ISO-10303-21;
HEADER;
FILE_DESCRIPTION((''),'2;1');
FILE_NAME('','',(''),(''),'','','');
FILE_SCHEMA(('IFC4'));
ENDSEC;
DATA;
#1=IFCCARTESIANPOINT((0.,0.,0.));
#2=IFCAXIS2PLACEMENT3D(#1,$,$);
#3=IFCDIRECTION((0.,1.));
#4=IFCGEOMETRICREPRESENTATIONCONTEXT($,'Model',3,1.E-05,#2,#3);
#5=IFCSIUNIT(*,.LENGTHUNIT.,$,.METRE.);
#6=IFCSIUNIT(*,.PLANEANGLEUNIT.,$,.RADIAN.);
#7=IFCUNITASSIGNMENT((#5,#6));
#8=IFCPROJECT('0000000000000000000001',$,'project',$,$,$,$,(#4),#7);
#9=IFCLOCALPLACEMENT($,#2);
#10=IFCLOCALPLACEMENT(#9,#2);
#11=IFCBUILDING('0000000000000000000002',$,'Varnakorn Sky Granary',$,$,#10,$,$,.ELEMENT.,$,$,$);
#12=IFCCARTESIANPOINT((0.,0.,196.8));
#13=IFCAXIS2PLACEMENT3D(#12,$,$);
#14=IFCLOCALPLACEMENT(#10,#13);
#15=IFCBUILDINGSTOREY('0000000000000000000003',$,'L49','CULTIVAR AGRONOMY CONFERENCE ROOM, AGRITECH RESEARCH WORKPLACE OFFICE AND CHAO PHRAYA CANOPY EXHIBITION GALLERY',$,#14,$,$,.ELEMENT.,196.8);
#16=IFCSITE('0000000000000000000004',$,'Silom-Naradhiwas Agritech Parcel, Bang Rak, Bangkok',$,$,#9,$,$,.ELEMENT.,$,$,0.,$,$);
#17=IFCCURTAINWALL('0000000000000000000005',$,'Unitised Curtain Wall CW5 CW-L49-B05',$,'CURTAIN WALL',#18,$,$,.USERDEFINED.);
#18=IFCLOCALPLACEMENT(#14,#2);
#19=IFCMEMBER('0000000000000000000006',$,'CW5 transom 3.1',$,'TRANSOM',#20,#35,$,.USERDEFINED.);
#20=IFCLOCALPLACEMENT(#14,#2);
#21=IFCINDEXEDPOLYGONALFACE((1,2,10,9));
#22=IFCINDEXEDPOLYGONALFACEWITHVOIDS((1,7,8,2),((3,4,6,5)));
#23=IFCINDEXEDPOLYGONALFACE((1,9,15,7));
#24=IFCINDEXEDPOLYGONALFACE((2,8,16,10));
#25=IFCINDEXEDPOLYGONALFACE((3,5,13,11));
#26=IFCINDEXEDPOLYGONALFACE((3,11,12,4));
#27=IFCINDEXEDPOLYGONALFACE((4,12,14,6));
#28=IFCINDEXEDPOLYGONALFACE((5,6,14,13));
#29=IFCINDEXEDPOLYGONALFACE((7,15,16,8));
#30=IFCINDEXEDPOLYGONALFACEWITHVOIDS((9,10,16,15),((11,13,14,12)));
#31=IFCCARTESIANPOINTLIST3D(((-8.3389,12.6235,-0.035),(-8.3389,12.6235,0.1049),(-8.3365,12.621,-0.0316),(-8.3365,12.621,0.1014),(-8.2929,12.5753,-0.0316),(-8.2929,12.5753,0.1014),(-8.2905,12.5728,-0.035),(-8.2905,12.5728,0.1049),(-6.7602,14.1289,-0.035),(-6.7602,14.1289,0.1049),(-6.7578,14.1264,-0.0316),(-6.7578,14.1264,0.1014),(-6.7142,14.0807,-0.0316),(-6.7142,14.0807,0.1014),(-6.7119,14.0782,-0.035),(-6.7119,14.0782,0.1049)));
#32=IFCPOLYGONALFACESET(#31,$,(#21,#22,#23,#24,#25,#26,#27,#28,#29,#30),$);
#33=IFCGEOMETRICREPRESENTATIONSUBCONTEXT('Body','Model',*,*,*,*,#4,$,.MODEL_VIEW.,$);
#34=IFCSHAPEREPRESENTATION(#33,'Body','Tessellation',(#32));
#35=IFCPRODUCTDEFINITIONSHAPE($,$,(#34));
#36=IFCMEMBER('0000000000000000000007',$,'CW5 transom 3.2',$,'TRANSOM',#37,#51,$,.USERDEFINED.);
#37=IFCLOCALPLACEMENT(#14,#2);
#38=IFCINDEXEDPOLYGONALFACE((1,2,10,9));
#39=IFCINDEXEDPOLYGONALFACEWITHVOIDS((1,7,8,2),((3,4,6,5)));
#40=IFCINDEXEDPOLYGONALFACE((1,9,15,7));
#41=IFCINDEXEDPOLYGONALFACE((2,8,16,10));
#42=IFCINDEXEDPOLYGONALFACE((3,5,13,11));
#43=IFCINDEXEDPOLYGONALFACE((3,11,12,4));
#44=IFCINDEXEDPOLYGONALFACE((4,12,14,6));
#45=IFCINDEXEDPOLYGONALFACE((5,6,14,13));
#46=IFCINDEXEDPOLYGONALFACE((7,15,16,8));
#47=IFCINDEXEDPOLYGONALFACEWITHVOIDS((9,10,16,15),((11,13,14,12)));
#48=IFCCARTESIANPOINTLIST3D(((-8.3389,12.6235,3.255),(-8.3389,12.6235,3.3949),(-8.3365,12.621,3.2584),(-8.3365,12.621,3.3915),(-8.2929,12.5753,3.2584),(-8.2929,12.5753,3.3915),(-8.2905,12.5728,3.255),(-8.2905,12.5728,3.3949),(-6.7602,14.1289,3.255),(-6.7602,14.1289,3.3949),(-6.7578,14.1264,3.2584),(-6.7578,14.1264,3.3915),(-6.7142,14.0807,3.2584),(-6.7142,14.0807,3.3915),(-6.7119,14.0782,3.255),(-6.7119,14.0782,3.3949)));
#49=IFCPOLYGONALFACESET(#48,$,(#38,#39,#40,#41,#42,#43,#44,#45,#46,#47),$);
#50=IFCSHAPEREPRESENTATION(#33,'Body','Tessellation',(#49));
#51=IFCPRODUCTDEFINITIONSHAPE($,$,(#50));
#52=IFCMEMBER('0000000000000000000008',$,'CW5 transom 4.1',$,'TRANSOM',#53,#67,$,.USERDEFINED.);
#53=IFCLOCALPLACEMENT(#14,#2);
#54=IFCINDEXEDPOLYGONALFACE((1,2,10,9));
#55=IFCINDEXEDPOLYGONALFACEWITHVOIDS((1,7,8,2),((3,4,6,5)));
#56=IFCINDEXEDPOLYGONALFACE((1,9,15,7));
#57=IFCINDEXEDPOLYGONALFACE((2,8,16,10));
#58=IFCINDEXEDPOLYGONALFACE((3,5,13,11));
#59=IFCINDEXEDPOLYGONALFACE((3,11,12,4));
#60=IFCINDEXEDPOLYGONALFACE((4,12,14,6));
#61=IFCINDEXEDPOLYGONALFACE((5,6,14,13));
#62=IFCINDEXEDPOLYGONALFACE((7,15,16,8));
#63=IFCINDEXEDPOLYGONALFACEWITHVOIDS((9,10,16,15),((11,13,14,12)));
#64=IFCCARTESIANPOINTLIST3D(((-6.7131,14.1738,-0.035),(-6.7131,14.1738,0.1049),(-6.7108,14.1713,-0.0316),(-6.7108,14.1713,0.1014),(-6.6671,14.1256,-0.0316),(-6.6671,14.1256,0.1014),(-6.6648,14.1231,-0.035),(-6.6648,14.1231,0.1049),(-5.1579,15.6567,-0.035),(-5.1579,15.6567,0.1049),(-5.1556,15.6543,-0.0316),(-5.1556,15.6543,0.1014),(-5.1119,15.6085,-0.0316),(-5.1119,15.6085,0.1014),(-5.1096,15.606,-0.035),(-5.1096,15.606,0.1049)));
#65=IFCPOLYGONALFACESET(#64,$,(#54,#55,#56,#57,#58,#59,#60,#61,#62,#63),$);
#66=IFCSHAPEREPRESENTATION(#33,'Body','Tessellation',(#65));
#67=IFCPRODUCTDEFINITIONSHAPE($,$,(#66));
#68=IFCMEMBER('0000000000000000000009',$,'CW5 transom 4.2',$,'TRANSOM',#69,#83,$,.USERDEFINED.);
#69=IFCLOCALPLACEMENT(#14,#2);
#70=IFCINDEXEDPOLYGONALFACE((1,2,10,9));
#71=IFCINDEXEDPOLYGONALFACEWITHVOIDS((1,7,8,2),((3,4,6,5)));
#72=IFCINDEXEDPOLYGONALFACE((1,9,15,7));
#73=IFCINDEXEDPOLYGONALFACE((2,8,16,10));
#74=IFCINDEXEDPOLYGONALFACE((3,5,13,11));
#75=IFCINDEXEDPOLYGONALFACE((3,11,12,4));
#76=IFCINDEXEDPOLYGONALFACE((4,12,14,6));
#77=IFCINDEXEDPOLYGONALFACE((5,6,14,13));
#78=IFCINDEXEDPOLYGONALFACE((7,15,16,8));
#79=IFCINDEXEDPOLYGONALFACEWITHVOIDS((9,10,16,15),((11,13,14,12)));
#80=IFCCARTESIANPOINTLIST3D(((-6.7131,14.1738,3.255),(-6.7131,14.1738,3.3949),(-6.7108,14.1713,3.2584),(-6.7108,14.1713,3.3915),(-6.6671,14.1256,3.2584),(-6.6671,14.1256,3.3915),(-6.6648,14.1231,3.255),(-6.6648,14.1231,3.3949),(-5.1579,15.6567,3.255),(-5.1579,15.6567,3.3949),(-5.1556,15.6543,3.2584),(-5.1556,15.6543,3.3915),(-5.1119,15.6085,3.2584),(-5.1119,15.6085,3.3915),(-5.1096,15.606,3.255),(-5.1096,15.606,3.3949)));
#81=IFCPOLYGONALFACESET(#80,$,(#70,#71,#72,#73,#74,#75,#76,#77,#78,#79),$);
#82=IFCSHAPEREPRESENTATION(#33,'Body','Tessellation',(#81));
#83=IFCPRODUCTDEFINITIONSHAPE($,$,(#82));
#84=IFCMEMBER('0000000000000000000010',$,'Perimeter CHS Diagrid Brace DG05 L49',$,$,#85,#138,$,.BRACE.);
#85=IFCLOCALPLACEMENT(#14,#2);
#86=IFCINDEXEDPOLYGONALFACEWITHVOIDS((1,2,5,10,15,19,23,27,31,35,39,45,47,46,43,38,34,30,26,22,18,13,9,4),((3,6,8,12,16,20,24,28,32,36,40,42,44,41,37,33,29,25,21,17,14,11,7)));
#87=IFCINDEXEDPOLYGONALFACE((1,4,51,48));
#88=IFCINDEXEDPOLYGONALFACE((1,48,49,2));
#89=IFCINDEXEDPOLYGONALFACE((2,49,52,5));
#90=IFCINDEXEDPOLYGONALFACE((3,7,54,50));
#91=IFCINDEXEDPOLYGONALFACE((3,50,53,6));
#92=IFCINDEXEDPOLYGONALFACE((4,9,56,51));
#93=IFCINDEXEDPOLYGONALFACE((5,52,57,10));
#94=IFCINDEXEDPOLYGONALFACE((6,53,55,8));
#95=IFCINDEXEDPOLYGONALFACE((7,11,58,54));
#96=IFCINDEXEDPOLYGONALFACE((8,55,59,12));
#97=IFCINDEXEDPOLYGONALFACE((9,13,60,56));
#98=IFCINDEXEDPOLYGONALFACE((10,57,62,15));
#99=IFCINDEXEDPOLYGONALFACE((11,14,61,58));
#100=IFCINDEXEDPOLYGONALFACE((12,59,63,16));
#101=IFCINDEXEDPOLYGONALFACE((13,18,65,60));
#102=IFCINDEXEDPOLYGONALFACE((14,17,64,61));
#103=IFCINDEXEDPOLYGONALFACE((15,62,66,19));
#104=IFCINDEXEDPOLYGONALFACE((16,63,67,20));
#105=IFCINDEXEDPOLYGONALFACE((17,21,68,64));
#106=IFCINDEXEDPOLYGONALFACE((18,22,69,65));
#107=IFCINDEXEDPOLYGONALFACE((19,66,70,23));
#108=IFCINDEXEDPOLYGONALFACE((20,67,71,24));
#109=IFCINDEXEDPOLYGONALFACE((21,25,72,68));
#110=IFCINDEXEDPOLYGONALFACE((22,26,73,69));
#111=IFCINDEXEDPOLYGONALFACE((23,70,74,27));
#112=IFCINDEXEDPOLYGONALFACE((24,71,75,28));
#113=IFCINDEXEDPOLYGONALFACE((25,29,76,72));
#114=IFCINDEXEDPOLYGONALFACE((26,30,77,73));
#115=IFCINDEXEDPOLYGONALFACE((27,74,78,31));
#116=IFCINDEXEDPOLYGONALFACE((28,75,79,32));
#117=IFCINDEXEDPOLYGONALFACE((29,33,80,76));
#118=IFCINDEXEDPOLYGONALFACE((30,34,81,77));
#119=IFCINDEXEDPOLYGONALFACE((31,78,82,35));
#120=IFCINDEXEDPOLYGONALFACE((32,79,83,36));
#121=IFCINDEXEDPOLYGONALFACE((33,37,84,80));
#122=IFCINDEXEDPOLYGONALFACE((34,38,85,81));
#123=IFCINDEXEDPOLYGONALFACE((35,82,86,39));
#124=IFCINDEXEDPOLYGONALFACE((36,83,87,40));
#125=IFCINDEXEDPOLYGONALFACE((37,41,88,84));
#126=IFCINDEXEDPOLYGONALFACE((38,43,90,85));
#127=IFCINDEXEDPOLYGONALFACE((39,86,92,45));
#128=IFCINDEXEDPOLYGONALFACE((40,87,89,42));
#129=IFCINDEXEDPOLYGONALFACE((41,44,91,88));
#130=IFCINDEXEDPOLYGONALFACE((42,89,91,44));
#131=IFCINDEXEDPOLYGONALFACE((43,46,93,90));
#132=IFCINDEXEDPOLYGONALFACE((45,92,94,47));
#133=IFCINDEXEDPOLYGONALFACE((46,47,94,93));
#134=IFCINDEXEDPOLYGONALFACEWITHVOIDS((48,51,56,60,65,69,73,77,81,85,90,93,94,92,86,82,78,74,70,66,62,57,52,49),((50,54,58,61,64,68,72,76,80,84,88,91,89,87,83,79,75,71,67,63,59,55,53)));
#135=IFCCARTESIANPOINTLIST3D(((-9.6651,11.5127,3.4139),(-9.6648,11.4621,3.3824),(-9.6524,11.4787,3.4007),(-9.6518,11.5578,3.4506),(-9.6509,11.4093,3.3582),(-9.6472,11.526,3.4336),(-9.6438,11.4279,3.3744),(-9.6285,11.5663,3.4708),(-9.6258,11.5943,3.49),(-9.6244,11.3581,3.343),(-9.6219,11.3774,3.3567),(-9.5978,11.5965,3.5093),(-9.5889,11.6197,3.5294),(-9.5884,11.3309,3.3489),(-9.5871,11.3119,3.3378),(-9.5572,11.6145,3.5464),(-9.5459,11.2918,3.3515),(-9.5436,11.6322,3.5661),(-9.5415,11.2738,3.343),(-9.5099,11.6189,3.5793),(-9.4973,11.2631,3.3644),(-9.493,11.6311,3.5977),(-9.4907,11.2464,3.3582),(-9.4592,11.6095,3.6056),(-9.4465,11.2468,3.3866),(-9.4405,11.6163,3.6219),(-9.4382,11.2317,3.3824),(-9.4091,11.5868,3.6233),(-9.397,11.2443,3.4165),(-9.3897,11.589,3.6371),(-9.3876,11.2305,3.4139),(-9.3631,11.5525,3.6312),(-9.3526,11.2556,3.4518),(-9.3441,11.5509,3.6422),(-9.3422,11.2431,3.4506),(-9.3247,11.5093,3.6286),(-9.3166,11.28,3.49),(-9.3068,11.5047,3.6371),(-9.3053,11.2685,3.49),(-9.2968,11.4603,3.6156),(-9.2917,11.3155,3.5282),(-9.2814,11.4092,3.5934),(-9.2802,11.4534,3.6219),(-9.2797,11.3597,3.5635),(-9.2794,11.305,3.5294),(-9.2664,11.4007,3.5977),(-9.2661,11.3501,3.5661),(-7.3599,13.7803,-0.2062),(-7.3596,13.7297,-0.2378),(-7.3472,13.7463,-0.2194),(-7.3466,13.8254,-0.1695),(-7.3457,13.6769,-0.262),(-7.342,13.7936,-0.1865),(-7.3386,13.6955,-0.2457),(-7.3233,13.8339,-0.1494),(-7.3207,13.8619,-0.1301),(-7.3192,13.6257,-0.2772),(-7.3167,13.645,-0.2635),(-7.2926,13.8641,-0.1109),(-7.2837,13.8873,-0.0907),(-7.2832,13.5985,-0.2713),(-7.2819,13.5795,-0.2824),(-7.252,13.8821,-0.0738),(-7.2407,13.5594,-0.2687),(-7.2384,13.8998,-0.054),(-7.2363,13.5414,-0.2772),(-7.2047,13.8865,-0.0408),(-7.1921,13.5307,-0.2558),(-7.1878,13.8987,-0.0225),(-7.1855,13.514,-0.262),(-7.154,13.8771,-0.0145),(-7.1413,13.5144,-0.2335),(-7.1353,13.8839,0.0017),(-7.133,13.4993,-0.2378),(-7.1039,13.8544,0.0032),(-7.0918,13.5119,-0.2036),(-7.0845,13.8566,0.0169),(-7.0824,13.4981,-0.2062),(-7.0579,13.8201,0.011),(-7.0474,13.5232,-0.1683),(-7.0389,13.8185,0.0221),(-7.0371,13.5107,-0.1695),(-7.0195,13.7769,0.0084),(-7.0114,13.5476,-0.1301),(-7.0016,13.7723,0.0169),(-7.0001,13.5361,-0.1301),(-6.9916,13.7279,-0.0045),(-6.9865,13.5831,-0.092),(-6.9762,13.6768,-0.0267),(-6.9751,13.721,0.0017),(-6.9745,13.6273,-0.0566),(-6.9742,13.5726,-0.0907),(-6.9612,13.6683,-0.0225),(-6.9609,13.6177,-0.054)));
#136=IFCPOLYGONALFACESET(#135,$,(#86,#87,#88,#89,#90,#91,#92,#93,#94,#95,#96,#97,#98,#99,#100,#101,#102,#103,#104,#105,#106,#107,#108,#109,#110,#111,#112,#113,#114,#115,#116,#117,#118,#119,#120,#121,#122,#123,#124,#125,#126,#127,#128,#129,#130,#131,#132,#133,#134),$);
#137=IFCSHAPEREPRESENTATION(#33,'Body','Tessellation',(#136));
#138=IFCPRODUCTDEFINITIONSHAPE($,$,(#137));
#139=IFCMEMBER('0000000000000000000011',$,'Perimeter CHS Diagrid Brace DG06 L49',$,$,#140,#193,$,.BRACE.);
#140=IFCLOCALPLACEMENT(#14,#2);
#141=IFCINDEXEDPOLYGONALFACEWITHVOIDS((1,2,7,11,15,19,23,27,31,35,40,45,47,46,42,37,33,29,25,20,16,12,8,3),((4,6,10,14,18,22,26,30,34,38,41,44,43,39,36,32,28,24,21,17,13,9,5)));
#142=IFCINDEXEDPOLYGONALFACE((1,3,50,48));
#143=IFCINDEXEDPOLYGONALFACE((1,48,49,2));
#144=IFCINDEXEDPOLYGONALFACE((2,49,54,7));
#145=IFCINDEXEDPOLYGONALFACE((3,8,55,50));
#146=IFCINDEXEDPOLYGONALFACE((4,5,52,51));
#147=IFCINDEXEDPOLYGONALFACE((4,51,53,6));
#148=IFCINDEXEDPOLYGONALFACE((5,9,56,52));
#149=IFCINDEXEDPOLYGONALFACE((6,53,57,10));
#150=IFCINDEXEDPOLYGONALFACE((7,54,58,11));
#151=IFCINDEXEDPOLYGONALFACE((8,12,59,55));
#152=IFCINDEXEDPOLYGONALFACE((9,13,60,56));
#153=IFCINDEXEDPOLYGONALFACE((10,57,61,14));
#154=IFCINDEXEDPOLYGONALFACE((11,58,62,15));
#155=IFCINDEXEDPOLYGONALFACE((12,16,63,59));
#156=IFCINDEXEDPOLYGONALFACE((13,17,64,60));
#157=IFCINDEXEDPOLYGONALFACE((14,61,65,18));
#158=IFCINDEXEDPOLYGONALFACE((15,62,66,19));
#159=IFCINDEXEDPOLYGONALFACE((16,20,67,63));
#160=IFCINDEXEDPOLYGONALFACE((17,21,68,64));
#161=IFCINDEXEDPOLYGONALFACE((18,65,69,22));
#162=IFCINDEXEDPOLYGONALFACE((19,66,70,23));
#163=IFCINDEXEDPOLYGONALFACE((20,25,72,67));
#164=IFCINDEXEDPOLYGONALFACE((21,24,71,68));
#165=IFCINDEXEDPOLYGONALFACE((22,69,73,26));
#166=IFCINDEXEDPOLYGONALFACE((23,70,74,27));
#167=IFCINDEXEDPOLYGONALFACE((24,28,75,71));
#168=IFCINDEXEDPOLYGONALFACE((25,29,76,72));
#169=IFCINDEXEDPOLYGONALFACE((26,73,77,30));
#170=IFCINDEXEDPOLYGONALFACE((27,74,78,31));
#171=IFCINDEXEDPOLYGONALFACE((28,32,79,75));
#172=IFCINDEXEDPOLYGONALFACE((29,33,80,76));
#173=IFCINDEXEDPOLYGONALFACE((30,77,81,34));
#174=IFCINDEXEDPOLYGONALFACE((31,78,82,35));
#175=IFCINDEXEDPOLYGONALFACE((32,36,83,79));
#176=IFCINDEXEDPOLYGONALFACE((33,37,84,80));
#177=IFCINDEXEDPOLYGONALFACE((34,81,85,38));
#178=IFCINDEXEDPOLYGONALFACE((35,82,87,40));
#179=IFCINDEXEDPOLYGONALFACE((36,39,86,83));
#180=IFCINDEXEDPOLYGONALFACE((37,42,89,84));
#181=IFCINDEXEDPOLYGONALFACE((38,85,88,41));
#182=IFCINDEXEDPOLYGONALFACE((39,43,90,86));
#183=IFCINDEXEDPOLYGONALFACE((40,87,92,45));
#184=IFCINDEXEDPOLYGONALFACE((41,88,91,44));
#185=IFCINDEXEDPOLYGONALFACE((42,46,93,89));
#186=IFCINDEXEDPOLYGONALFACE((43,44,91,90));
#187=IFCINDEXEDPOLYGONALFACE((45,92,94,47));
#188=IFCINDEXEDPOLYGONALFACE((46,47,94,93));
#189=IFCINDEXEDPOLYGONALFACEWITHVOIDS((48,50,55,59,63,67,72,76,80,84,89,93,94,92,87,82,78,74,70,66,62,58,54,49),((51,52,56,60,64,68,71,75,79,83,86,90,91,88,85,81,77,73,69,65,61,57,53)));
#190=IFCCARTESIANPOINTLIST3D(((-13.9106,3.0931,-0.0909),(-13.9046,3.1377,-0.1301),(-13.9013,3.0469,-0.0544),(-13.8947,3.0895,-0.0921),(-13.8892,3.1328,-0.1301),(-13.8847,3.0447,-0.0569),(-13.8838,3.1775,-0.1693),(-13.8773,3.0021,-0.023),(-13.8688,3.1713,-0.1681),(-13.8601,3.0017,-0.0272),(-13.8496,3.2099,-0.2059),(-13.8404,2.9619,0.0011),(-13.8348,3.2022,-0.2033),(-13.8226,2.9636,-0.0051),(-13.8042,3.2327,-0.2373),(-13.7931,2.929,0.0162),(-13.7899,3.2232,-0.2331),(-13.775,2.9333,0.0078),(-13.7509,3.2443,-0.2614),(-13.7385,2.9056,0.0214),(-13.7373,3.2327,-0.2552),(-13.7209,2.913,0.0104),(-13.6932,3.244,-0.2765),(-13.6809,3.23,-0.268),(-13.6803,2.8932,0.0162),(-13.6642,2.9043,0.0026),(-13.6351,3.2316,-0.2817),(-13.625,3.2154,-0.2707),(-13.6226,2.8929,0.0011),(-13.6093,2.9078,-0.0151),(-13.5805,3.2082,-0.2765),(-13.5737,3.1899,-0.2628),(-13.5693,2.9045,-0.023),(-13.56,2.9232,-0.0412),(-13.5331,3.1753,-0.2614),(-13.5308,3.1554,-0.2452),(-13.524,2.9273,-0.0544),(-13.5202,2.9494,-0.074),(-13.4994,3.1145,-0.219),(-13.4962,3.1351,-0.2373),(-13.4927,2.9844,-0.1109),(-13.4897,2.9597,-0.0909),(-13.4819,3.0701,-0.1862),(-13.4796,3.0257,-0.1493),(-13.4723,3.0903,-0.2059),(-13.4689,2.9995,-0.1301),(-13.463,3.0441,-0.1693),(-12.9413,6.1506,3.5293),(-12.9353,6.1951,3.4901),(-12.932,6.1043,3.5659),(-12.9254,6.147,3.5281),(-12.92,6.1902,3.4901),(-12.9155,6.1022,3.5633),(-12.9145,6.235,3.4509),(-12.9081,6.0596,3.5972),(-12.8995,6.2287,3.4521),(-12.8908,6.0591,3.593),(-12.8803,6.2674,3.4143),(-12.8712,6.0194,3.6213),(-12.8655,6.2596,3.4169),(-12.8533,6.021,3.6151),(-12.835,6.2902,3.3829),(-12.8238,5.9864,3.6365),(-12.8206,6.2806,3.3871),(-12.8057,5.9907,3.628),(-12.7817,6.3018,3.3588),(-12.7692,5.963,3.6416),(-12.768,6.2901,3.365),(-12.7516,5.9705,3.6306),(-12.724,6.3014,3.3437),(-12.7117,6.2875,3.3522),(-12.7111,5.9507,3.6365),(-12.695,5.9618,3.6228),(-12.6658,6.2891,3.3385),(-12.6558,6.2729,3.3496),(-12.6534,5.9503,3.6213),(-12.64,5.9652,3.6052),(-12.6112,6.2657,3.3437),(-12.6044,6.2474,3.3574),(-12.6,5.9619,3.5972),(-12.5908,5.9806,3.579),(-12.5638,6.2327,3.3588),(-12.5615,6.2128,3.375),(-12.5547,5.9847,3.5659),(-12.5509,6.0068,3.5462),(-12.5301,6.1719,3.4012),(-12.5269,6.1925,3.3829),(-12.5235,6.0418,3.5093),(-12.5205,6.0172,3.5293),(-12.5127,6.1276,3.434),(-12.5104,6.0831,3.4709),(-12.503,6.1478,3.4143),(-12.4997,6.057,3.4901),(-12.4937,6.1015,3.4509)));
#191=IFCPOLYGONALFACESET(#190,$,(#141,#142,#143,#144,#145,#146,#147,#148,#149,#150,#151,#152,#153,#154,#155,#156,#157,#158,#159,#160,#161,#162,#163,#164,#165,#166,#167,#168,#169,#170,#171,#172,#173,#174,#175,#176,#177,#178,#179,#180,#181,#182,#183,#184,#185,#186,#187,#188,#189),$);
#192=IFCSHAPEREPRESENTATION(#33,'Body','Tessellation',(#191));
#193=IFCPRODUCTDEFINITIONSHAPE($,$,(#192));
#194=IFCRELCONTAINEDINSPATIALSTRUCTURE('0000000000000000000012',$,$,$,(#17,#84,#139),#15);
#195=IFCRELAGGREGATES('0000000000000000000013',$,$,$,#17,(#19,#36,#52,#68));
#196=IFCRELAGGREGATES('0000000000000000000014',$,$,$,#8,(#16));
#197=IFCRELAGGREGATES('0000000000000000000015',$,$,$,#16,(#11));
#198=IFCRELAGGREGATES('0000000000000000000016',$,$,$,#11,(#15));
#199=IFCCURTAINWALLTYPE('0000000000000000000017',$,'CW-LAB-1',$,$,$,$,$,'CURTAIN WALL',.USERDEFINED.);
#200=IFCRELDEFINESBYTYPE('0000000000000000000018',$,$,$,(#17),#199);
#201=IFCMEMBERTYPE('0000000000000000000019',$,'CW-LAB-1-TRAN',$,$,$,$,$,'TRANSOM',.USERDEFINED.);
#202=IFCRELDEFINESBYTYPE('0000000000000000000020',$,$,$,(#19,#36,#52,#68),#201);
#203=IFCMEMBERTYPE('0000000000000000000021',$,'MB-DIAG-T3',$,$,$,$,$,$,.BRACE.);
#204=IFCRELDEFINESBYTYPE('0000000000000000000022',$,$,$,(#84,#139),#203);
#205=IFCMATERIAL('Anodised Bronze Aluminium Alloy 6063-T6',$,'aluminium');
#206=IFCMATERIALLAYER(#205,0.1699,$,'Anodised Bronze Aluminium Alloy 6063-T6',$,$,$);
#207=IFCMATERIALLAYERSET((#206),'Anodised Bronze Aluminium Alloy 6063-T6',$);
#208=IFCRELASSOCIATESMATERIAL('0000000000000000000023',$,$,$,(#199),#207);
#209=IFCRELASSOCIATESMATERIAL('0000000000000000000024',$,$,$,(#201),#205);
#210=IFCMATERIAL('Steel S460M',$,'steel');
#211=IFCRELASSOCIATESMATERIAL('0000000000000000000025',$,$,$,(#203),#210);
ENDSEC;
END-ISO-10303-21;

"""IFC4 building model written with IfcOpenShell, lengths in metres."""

from ifc_helpers import new_model, si_unit, direction, frame, origin, origin_2d, place, context, subcontext, project, spatial, hollow_rectangle, hollow_circle, extrude, material, layer, layer_set, material_profile, profile_set, type_object, element, aggregate, save


model = new_model("IFC4")

# Units and contexts
model_context = context("Model", 3, precision=1e-05, world=origin(), true_north=direction((0.0, 1.0)))
body_context = subcontext(model_context, "Body", "Model", "MODEL_VIEW")
ifc_project = project(units=[si_unit("LENGTHUNIT", "METRE"), si_unit("PLANEANGLEUNIT", "RADIAN")], contexts=[model_context])

# Site, building, storey
site_placement = place(None, origin())
site = spatial("IfcSite", under=ifc_project, at=site_placement, Name="Silom-Naradhiwas Agritech Parcel, Bang Rak, Bangkok", CompositionType="ELEMENT", RefElevation=0.0)
building_placement = place(site_placement, origin())
building = spatial("IfcBuilding", under=site, at=building_placement, Name="Varnakorn Sky Granary", CompositionType="ELEMENT")
storey_placement = place(building_placement, frame((0.0, 0.0, 196.8)))
storey = spatial("IfcBuildingStorey", under=building, at=storey_placement, Name="L49", Description="CULTIVAR AGRONOMY CONFERENCE ROOM, AGRITECH RESEARCH WORKPLACE OFFICE AND CHAO PHRAYA CANOPY EXHIBITION GALLERY", CompositionType="ELEMENT", Elevation=196.8)

# Shared definitions
ifc_material_1 = material(Name="Steel S460M", Category="steel")

# Shared definitions
ifc_material_2 = material(Name="Anodised Bronze Aluminium Alloy 6063-T6", Category="aluminium")
ifc_layer_1 = layer(ifc_material_2, 0.1699, Name="Anodised Bronze Aluminium Alloy 6063-T6")
ifc_layer_set_1 = layer_set([ifc_layer_1], Name="Anodised Bronze Aluminium Alloy 6063-T6")
curtain_wall_type = type_object("IfcCurtainWallType", Name="CW-LAB-1", ElementType="CURTAIN WALL", PredefinedType="USERDEFINED", material=ifc_layer_set_1)

# Curtain wall
curtain_wall_1_placement = place(storey_placement, origin())
curtain_wall_1 = element("IfcCurtainWall", 1, at=curtain_wall_1_placement, inside=storey, type_object=curtain_wall_type, Name="Unitised Curtain Wall CW5 CW-L49-B05", ObjectType="CURTAIN WALL", PredefinedType="USERDEFINED")

# Members
ifc_material_profile_1 = material_profile(ifc_material_2, hollow_rectangle(XDim=0.0701, YDim=0.1399, WallThickness=0.0034, at=origin_2d()), Name="ALU TRAN 70x140")
ifc_profile_set_1 = profile_set([ifc_material_profile_1], Name="Anodised Bronze Aluminium Alloy 6063-T6")
member_type_1 = type_object("IfcMemberType", Name="CW-LAB-1-TRAN", ElementType="TRANSOM", PredefinedType="USERDEFINED", material=ifc_profile_set_1)
member_1_placement = place(storey_placement, frame((-8.3147, 12.5981, 0.0349), z_axis=(0.723696, 0.690119, 0.0), x_axis=(-0.690119, 0.723696, 0.0)))
member_1 = element("IfcMember", 2, at=member_1_placement, type_object=member_type_1, Name="CW5 transom 3.1", ObjectType="TRANSOM", PredefinedType="USERDEFINED", context=body_context, shape_type="SweptSolid", body=[
    extrude(hollow_rectangle(XDim=0.0701, YDim=0.1399, WallThickness=0.0034, at=origin_2d()), origin(), (0.0, 0.0, 1.0), 2.1814),
])
member_2_placement = place(storey_placement, frame((-8.3147, 12.5981, 3.325), z_axis=(0.723696, 0.690119, 0.0), x_axis=(-0.690119, 0.723696, 0.0)))
member_2 = element("IfcMember", 3, at=member_2_placement, type_object=member_type_1, Name="CW5 transom 3.2", ObjectType="TRANSOM", PredefinedType="USERDEFINED", context=body_context, shape_type="SweptSolid", body=[
    extrude(hollow_rectangle(XDim=0.0701, YDim=0.1399, WallThickness=0.0034, at=origin_2d()), origin(), (0.0, 0.0, 1.0), 2.1814),
])
member_3_placement = place(storey_placement, frame((-6.689, 14.1484, 0.0349), z_axis=(0.723722, 0.690092, 0.0), x_axis=(-0.690092, 0.723722, 0.0)))
member_3 = element("IfcMember", 4, at=member_3_placement, type_object=member_type_1, Name="CW5 transom 4.1", ObjectType="TRANSOM", PredefinedType="USERDEFINED", context=body_context, shape_type="SweptSolid", body=[
    extrude(hollow_rectangle(XDim=0.0701, YDim=0.1399, WallThickness=0.0034, at=origin_2d()), origin(), (0.0, 0.0, 1.0), 2.1489),
])
member_4_placement = place(storey_placement, frame((-6.689, 14.1484, 3.325), z_axis=(0.723722, 0.690092, 0.0), x_axis=(-0.690092, 0.723722, 0.0)))
member_4 = element("IfcMember", 5, at=member_4_placement, type_object=member_type_1, Name="CW5 transom 4.2", ObjectType="TRANSOM", PredefinedType="USERDEFINED", context=body_context, shape_type="SweptSolid", body=[
    extrude(hollow_rectangle(XDim=0.0701, YDim=0.1399, WallThickness=0.0034, at=origin_2d()), origin(), (0.0, 0.0, 1.0), 2.1489),
])

# Members
ifc_material_profile_2 = material_profile(ifc_material_1, hollow_circle(Radius=0.2285, WallThickness=0.0161, at=origin_2d()), Name="CHS 457x16")
ifc_profile_set_2 = profile_set([ifc_material_profile_2], Name="Steel S460M")
member_type_2 = type_object("IfcMemberType", Name="MB-DIAG-T3", PredefinedType="BRACE", material=ifc_profile_set_2)
member_5_placement = place(storey_placement, frame((-7.1604, 13.699, -0.1301), z_axis=(-0.474906, -0.46716, 0.745806), x_axis=(0.701269, -0.712897, 0.0)))
element("IfcMember", 6, at=member_5_placement, inside=storey, type_object=member_type_2, Name="Perimeter CHS Diagrid Brace DG05 L49", PredefinedType="BRACE", context=body_context, shape_type="SweptSolid", body=[
    extrude(hollow_circle(Radius=0.2285, WallThickness=0.0161, at=origin_2d()), origin(), (0.0, 0.0, 1.0), 4.854),
])
member_6_placement = place(storey_placement, frame((-13.6868, 3.0686, -0.1301), z_axis=(0.200399, 0.632139, 0.748492), x_axis=(-0.953246, 0.302195, 0.0)))
element("IfcMember", 7, at=member_6_placement, inside=storey, type_object=member_type_2, Name="Perimeter CHS Diagrid Brace DG06 L49", PredefinedType="BRACE", context=body_context, shape_type="SweptSolid", body=[
    extrude(hollow_circle(Radius=0.2285, WallThickness=0.0161, at=origin_2d()), origin(), (0.0, 0.0, 1.0), 4.8367),
])

aggregate(curtain_wall_1, [member_1, member_2, member_3, member_4])

save(model, "model.ifc")
